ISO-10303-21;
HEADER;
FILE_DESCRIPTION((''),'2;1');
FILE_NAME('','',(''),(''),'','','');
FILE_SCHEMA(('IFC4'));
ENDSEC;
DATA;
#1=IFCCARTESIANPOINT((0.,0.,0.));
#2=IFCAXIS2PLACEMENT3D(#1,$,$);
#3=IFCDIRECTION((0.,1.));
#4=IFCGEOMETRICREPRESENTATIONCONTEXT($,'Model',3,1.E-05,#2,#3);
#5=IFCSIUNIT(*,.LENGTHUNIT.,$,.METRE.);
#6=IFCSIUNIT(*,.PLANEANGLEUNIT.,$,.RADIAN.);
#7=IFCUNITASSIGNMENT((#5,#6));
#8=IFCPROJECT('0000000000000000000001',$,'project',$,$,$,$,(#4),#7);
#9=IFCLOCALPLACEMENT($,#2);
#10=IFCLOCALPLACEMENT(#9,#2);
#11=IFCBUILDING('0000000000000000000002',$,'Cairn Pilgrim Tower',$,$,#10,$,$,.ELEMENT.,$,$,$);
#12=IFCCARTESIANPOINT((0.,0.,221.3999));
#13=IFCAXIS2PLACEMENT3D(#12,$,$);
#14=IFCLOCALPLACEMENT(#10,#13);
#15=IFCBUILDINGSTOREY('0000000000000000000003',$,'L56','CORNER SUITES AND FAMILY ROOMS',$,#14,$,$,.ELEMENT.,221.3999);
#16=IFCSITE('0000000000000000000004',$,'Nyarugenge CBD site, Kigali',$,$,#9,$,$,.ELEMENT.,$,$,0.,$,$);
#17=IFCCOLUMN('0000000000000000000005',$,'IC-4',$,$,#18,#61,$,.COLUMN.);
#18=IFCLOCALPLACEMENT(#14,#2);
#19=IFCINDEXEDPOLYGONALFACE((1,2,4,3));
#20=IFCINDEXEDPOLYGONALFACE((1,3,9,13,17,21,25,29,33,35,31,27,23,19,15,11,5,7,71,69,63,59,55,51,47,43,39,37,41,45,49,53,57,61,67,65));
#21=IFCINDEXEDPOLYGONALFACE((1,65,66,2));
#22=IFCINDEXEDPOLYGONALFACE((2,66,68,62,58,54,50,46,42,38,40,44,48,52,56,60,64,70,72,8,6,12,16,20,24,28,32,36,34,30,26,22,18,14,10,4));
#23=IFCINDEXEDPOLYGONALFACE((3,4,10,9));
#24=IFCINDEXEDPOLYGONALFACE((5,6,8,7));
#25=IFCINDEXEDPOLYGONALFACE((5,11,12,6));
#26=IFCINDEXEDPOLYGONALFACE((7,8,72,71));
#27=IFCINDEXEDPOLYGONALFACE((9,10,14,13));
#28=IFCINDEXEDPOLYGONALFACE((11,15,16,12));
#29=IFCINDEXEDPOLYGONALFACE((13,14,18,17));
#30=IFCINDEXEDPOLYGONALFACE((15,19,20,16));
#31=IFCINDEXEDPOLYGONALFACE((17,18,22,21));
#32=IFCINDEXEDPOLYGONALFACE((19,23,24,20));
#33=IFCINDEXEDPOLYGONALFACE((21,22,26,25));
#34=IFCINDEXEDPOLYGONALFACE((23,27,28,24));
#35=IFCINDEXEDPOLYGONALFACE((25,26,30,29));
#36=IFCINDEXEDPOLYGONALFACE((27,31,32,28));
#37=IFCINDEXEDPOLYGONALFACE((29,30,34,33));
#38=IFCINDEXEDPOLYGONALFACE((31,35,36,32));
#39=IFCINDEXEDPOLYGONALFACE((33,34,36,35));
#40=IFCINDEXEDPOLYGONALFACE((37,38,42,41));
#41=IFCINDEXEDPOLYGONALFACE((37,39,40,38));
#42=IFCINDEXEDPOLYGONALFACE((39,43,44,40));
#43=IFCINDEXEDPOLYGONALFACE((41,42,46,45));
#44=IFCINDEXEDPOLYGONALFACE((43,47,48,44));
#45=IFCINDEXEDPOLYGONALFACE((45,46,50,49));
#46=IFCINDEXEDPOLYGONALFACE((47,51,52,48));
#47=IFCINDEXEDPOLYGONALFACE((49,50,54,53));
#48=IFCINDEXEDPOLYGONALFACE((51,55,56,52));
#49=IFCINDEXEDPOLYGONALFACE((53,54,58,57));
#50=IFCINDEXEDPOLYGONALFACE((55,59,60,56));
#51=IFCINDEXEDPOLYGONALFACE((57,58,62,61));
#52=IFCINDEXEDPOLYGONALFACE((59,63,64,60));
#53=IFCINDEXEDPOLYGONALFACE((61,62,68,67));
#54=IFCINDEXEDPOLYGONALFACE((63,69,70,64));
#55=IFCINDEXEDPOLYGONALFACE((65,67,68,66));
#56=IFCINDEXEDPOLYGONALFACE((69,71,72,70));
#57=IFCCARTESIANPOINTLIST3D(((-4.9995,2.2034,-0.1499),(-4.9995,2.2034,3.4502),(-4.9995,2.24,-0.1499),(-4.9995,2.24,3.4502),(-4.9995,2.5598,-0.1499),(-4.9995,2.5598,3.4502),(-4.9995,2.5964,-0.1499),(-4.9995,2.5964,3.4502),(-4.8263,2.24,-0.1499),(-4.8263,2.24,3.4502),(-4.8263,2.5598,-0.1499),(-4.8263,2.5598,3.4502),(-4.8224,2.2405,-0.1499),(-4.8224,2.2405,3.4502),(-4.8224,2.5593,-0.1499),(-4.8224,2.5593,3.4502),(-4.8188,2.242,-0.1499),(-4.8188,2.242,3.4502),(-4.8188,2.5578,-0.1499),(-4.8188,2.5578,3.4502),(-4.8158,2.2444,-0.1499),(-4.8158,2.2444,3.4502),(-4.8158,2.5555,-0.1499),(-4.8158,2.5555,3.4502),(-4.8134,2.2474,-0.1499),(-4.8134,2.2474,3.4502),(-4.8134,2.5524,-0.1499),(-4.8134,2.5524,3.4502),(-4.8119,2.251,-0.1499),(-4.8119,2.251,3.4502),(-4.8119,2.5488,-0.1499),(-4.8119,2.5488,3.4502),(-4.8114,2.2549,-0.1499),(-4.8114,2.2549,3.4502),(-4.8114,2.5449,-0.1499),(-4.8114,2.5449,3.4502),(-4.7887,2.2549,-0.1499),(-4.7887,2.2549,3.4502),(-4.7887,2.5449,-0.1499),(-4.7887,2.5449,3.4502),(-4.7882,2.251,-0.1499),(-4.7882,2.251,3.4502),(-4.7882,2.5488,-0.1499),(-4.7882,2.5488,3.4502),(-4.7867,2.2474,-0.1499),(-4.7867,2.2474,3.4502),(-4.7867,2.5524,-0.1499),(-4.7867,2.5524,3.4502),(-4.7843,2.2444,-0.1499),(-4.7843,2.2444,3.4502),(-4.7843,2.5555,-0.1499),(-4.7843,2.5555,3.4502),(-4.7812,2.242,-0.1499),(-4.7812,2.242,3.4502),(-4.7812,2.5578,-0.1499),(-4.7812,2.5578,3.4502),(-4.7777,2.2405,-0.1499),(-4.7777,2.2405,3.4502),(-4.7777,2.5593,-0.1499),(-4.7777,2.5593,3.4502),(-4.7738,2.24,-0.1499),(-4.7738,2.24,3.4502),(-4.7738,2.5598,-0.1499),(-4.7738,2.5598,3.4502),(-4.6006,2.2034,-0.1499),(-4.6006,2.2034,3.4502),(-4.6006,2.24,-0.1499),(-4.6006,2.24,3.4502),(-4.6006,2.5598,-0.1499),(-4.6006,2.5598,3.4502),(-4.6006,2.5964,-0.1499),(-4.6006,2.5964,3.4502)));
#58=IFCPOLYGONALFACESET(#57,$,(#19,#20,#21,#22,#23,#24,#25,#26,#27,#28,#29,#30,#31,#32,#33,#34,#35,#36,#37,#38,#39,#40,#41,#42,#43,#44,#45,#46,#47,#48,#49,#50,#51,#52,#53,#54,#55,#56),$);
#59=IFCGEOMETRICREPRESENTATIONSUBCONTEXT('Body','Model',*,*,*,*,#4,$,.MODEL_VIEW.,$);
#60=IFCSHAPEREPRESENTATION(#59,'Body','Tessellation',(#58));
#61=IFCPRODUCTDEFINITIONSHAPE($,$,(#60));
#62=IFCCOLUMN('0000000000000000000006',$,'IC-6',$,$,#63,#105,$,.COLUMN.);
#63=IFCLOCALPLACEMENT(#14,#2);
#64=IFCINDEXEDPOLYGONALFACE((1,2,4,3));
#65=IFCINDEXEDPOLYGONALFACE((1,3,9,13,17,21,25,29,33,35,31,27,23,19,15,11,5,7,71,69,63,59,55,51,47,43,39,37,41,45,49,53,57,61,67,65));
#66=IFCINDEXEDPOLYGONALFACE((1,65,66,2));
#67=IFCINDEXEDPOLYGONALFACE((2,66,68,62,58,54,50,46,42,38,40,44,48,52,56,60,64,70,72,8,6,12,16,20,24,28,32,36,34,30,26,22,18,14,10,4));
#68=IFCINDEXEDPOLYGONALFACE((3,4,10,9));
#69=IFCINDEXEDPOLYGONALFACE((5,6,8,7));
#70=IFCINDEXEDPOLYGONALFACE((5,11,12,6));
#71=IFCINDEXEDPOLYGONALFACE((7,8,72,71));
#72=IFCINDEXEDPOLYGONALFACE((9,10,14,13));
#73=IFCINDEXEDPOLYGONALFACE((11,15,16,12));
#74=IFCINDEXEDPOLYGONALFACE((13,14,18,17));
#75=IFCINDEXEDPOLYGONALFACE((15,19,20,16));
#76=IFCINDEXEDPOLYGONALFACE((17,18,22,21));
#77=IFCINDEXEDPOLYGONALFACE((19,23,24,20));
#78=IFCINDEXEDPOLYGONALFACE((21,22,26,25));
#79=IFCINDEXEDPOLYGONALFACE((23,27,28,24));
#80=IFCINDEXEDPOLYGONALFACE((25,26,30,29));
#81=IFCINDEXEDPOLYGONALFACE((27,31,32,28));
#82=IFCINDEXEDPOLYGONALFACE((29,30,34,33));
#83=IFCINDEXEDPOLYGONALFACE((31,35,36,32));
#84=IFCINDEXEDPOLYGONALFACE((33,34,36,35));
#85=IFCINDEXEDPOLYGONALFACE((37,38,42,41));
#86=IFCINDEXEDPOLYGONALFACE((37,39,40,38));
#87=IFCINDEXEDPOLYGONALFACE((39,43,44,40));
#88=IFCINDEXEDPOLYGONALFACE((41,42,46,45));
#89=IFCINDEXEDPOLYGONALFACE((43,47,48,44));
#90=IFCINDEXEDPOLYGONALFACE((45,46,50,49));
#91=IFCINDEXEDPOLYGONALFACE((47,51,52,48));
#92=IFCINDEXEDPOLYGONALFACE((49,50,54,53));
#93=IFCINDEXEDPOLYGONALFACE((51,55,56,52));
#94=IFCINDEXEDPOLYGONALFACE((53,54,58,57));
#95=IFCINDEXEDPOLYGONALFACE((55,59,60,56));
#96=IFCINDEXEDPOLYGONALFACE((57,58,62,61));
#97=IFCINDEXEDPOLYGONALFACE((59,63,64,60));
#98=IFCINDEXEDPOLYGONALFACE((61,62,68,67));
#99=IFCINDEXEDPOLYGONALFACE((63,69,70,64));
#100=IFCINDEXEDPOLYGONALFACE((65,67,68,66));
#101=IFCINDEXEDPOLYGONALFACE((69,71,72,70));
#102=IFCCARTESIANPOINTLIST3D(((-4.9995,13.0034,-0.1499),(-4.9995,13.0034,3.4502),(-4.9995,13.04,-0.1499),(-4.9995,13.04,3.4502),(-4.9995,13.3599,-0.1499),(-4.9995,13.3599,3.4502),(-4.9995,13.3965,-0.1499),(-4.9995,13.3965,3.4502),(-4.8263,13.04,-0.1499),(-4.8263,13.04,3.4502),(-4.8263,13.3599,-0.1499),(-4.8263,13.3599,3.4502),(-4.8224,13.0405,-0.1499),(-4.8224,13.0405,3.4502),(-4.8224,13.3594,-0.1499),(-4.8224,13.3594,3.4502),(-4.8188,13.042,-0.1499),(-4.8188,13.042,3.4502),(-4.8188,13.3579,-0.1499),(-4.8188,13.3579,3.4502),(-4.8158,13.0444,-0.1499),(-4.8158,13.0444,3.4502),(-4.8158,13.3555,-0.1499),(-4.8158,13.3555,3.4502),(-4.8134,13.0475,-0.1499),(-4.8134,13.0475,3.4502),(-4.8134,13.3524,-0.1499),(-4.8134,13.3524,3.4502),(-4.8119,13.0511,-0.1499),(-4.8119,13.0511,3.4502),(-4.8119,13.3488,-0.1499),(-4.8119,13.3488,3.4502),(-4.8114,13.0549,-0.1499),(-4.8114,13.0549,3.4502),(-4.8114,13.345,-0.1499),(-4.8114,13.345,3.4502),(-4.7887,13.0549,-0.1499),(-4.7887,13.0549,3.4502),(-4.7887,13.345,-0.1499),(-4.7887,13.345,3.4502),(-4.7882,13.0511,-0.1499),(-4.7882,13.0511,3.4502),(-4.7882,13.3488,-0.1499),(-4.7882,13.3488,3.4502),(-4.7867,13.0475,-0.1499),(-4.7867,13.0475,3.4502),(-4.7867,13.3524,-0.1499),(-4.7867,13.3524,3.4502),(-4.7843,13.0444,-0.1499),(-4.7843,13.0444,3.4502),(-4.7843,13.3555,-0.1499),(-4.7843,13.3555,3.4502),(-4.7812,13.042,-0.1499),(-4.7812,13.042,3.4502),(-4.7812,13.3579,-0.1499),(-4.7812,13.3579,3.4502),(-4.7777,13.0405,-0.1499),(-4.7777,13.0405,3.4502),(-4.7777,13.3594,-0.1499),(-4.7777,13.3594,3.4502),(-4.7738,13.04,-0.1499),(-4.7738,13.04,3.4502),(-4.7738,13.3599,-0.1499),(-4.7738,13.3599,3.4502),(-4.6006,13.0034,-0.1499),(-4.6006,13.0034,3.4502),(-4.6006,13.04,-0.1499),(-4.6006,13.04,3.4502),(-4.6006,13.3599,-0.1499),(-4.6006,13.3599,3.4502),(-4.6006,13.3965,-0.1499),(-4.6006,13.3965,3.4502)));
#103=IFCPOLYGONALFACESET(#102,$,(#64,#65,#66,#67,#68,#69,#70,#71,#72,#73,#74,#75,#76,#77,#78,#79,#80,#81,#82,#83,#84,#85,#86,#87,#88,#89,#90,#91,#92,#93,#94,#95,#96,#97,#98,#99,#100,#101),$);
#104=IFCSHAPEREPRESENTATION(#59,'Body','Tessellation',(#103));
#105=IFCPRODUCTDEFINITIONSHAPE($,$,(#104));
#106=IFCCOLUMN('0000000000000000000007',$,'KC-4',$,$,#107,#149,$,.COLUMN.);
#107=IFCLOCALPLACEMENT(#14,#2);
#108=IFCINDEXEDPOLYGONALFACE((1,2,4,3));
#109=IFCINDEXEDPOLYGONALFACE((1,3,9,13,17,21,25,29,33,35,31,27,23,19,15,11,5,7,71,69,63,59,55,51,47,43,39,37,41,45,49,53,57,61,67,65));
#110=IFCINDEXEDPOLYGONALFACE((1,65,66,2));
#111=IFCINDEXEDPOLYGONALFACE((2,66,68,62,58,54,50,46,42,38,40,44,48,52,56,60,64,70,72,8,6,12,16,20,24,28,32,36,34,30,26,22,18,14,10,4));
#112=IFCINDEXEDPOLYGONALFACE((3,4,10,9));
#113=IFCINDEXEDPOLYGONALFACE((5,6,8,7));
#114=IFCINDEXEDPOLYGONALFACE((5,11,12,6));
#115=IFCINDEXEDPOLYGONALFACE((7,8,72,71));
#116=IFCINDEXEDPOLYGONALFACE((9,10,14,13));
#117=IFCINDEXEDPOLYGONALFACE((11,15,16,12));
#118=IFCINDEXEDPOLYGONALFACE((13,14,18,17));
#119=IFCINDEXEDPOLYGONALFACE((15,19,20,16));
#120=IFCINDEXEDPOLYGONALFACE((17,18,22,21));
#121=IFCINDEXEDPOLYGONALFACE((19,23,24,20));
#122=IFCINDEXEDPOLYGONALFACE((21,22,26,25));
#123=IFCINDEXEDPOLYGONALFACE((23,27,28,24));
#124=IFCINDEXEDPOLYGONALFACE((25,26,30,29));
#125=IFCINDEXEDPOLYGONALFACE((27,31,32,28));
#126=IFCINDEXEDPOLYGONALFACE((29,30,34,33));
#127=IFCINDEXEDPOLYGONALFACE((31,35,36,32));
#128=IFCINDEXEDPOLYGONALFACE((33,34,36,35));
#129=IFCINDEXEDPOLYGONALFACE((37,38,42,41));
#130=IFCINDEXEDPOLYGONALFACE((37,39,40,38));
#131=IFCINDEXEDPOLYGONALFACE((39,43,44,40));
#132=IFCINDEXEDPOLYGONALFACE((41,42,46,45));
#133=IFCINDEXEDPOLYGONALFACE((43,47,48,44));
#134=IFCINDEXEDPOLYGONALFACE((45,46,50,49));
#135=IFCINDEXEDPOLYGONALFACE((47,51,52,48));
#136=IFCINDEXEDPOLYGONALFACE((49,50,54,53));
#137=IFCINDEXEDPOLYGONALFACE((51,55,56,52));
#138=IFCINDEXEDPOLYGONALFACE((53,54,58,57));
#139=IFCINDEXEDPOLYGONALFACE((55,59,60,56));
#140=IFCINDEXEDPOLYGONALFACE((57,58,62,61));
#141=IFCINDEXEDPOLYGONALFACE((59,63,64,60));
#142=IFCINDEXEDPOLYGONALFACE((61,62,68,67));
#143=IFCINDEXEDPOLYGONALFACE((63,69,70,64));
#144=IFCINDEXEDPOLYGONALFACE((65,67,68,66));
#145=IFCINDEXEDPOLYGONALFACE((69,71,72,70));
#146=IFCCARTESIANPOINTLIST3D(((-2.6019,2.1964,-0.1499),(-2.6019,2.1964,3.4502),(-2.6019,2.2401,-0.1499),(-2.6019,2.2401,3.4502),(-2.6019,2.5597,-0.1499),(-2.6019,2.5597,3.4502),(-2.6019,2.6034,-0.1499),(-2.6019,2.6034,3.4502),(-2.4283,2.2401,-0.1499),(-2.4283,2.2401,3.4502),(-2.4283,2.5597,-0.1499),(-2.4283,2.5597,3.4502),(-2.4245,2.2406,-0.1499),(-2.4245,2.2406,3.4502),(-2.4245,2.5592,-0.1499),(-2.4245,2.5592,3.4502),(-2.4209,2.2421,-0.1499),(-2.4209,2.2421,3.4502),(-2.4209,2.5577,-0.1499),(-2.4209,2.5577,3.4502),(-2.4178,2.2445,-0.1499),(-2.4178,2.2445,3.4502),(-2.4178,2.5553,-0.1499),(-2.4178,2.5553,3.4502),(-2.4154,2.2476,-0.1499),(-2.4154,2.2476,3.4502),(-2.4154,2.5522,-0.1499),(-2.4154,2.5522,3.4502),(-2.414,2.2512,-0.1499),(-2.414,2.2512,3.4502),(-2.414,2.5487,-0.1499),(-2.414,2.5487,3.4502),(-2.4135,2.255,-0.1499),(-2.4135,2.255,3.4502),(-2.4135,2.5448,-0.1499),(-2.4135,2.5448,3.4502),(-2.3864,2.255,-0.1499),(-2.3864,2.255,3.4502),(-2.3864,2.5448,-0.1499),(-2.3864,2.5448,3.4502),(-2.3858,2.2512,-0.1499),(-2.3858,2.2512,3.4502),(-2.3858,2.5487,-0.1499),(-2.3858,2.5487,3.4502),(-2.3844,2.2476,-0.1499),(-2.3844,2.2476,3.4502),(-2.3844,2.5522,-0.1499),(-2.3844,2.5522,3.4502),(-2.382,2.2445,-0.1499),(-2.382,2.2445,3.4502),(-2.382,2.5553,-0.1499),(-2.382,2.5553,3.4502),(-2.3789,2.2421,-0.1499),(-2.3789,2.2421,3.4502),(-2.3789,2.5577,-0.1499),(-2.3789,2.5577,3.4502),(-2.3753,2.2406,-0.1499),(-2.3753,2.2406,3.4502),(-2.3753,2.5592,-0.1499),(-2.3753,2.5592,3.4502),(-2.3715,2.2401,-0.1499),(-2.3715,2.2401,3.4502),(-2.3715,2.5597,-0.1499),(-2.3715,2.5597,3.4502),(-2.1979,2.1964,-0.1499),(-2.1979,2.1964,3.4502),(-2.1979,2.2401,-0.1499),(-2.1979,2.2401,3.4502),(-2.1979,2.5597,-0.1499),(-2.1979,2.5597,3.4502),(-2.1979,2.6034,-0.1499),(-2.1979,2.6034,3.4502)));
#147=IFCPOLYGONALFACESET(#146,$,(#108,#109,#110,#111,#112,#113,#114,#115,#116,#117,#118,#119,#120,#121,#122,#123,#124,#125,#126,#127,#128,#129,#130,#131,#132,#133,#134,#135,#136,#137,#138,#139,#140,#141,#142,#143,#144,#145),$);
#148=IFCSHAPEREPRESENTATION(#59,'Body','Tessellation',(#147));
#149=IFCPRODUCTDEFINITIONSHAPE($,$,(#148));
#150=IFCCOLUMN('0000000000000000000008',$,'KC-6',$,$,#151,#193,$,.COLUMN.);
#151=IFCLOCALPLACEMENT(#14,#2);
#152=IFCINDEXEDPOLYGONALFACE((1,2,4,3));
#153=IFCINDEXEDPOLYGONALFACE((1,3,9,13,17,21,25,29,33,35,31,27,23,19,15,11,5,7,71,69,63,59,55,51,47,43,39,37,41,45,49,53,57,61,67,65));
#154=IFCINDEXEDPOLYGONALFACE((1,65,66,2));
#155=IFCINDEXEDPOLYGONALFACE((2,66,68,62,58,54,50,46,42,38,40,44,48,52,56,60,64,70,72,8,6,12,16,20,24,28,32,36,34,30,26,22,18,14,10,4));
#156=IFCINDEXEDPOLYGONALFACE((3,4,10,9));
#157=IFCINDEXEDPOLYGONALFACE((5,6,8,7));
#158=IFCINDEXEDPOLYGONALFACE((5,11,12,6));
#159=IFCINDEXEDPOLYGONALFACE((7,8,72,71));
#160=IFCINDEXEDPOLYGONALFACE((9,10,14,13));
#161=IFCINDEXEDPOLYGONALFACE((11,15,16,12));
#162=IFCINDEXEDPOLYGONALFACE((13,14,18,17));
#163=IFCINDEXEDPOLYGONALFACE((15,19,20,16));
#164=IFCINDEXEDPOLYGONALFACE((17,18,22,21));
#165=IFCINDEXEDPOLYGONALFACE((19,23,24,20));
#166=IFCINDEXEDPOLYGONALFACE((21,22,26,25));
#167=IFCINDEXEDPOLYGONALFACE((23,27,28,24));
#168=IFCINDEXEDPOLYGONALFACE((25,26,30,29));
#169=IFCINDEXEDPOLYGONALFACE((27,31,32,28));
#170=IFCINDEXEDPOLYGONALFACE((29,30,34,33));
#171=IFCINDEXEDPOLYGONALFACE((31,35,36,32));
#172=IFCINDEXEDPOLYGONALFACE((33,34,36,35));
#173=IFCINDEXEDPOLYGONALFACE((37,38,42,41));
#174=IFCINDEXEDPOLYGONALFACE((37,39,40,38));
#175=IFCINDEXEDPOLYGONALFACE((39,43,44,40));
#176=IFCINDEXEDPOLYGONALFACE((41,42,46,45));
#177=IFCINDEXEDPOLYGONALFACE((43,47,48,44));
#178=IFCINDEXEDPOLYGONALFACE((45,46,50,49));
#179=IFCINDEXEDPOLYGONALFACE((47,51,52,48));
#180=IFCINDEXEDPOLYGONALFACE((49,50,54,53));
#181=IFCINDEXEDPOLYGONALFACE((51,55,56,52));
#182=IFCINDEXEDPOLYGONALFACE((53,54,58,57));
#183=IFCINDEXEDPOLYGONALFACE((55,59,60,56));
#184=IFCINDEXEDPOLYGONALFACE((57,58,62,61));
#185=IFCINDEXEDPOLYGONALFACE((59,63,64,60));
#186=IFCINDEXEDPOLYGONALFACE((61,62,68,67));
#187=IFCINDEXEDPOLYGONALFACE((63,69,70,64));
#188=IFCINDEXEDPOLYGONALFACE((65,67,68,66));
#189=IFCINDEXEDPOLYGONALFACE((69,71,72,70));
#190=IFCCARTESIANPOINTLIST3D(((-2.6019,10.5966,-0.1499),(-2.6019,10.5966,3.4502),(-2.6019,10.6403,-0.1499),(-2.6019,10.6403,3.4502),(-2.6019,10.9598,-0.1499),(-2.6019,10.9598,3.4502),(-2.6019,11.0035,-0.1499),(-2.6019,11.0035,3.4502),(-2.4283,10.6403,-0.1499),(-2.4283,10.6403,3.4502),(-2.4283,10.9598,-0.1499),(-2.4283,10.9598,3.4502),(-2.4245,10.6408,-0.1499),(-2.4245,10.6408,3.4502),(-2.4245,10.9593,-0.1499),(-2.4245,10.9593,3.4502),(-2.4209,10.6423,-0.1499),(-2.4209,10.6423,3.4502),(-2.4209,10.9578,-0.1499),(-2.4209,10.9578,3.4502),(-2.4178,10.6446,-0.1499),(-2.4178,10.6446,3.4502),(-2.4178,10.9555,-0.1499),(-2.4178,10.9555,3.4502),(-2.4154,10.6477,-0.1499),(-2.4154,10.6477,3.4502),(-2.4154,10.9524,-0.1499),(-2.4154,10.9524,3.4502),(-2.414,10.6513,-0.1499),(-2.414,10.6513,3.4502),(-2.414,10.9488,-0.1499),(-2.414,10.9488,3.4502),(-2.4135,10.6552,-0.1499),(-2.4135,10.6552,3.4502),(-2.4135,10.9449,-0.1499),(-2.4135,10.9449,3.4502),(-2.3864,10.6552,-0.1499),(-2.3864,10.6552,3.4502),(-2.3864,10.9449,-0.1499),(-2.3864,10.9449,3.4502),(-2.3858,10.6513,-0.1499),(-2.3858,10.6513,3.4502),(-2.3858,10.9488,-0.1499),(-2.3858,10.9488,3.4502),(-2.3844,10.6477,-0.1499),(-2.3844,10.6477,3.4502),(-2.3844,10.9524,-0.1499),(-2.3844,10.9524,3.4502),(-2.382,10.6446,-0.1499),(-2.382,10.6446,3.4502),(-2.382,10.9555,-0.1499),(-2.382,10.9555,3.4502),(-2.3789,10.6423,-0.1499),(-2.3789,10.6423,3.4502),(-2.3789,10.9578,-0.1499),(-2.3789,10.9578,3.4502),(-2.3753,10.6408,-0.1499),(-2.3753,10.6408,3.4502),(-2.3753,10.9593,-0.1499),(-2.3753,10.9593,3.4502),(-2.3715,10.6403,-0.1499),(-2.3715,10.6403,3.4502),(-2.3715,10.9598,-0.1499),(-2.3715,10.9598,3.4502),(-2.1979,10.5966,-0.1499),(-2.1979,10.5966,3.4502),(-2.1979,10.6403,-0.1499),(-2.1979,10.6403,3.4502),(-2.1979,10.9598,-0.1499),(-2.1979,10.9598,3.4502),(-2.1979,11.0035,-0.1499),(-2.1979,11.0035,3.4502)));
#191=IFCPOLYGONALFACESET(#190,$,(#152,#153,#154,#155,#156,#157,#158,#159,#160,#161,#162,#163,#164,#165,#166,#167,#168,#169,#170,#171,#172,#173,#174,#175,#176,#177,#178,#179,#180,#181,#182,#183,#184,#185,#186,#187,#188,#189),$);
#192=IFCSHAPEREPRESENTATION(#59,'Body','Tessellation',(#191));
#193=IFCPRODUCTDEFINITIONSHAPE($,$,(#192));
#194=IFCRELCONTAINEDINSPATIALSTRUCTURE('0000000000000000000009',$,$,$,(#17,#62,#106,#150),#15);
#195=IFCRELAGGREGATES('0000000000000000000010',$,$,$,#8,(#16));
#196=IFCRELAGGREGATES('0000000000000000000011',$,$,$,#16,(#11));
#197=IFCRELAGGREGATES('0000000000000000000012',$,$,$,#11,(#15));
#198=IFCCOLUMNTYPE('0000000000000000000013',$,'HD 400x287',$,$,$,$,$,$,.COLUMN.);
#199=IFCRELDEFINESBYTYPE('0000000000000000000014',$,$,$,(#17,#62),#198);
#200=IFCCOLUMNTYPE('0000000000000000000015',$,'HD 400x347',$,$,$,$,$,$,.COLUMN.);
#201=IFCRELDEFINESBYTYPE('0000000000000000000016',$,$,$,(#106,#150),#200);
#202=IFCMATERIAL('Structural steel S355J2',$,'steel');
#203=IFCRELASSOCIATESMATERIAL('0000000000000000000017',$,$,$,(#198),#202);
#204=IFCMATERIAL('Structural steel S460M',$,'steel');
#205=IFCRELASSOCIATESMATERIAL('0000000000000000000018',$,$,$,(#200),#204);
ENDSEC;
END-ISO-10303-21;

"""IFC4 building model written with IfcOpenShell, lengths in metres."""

from ifc_helpers import new_model, si_unit, direction, frame, origin, origin_2d, place, context, subcontext, project, spatial, i_section, extrude, material, material_profile, profile_set, type_object, element, save


model = new_model("IFC4")

# Units and contexts
model_context = context("Model", 3, precision=1e-05, world=origin(), true_north=direction((0.0, 1.0)))
body_context = subcontext(model_context, "Body", "Model", "MODEL_VIEW")
ifc_project = project(units=[si_unit("LENGTHUNIT", "METRE"), si_unit("PLANEANGLEUNIT", "RADIAN")], contexts=[model_context])

# Site, building, storey
site_placement = place(None, origin())
site = spatial("IfcSite", under=ifc_project, at=site_placement, Name="Nyarugenge CBD site, Kigali", CompositionType="ELEMENT", RefElevation=0.0)
building_placement = place(site_placement, origin())
building = spatial("IfcBuilding", under=site, at=building_placement, Name="Cairn Pilgrim Tower", CompositionType="ELEMENT")
storey_placement = place(building_placement, frame((0.0, 0.0, 221.3999)))
storey = spatial("IfcBuildingStorey", under=building, at=storey_placement, Name="L56", Description="CORNER SUITES AND FAMILY ROOMS", CompositionType="ELEMENT", Elevation=221.3999)

# Columns
ifc_material_1 = material(Name="Structural steel S355J2", Category="steel")
ifc_material_profile_1 = material_profile(ifc_material_1, i_section(OverallWidth=0.3989, OverallDepth=0.3931, WebThickness=0.0227, FlangeThickness=0.0366, FilletRadius=0.0149, at=origin_2d()), Name="HD 400x287")
ifc_profile_set_1 = profile_set([ifc_material_profile_1], Name="Structural steel S355J2")
column_type_1 = type_object("IfcColumnType", Name="HD 400x287", PredefinedType="COLUMN", material=ifc_profile_set_1)
for number, where, z_axis, x_axis, name in (
    (1, (-4.8, 2.3999, -0.1499), (0.0, 0.0, 1.0), (1.0, 0.0, 0.0), "IC-4"),
    (2, (-4.8, 13.2, -0.1499), (0.0, 0.0, 1.0), (1.0, 0.0, 0.0), "IC-6"),
):
    element("IfcColumn", number, at=place(storey_placement, frame(where, z_axis=z_axis, x_axis=x_axis)), inside=storey, type_object=column_type_1, Name=name, PredefinedType="COLUMN", context=body_context, shape_type="SweptSolid", body=[
        extrude(i_section(OverallWidth=0.3989, OverallDepth=0.3931, WebThickness=0.0227, FlangeThickness=0.0366, FilletRadius=0.0149, at=origin_2d()), origin(), (0.0, 0.0, 1.0), 3.6001),
    ])
ifc_material_2 = material(Name="Structural steel S460M", Category="steel")
ifc_material_profile_2 = material_profile(ifc_material_2, i_section(OverallWidth=0.4041, OverallDepth=0.407, WebThickness=0.0271, FlangeThickness=0.0437, FilletRadius=0.0149, at=origin_2d()), Name="HD 400x347")
ifc_profile_set_2 = profile_set([ifc_material_profile_2], Name="Structural steel S460M")
column_type_2 = type_object("IfcColumnType", Name="HD 400x347", PredefinedType="COLUMN", material=ifc_profile_set_2)
for number, where, z_axis, x_axis, name in (
    (3, (-2.3999, 2.3999, -0.1499), (0.0, 0.0, 1.0), (1.0, 0.0, 0.0), "KC-4"),
    (4, (-2.3999, 10.8, -0.1499), (0.0, 0.0, 1.0), (1.0, 0.0, 0.0), "KC-6"),
):
    element("IfcColumn", number, at=place(storey_placement, frame(where, z_axis=z_axis, x_axis=x_axis)), inside=storey, type_object=column_type_2, Name=name, PredefinedType="COLUMN", context=body_context, shape_type="SweptSolid", body=[
        extrude(i_section(OverallWidth=0.4041, OverallDepth=0.407, WebThickness=0.0271, FlangeThickness=0.0437, FilletRadius=0.0149, at=origin_2d()), origin(), (0.0, 0.0, 1.0), 3.6001),
    ])

save(model, "model.ifc")
